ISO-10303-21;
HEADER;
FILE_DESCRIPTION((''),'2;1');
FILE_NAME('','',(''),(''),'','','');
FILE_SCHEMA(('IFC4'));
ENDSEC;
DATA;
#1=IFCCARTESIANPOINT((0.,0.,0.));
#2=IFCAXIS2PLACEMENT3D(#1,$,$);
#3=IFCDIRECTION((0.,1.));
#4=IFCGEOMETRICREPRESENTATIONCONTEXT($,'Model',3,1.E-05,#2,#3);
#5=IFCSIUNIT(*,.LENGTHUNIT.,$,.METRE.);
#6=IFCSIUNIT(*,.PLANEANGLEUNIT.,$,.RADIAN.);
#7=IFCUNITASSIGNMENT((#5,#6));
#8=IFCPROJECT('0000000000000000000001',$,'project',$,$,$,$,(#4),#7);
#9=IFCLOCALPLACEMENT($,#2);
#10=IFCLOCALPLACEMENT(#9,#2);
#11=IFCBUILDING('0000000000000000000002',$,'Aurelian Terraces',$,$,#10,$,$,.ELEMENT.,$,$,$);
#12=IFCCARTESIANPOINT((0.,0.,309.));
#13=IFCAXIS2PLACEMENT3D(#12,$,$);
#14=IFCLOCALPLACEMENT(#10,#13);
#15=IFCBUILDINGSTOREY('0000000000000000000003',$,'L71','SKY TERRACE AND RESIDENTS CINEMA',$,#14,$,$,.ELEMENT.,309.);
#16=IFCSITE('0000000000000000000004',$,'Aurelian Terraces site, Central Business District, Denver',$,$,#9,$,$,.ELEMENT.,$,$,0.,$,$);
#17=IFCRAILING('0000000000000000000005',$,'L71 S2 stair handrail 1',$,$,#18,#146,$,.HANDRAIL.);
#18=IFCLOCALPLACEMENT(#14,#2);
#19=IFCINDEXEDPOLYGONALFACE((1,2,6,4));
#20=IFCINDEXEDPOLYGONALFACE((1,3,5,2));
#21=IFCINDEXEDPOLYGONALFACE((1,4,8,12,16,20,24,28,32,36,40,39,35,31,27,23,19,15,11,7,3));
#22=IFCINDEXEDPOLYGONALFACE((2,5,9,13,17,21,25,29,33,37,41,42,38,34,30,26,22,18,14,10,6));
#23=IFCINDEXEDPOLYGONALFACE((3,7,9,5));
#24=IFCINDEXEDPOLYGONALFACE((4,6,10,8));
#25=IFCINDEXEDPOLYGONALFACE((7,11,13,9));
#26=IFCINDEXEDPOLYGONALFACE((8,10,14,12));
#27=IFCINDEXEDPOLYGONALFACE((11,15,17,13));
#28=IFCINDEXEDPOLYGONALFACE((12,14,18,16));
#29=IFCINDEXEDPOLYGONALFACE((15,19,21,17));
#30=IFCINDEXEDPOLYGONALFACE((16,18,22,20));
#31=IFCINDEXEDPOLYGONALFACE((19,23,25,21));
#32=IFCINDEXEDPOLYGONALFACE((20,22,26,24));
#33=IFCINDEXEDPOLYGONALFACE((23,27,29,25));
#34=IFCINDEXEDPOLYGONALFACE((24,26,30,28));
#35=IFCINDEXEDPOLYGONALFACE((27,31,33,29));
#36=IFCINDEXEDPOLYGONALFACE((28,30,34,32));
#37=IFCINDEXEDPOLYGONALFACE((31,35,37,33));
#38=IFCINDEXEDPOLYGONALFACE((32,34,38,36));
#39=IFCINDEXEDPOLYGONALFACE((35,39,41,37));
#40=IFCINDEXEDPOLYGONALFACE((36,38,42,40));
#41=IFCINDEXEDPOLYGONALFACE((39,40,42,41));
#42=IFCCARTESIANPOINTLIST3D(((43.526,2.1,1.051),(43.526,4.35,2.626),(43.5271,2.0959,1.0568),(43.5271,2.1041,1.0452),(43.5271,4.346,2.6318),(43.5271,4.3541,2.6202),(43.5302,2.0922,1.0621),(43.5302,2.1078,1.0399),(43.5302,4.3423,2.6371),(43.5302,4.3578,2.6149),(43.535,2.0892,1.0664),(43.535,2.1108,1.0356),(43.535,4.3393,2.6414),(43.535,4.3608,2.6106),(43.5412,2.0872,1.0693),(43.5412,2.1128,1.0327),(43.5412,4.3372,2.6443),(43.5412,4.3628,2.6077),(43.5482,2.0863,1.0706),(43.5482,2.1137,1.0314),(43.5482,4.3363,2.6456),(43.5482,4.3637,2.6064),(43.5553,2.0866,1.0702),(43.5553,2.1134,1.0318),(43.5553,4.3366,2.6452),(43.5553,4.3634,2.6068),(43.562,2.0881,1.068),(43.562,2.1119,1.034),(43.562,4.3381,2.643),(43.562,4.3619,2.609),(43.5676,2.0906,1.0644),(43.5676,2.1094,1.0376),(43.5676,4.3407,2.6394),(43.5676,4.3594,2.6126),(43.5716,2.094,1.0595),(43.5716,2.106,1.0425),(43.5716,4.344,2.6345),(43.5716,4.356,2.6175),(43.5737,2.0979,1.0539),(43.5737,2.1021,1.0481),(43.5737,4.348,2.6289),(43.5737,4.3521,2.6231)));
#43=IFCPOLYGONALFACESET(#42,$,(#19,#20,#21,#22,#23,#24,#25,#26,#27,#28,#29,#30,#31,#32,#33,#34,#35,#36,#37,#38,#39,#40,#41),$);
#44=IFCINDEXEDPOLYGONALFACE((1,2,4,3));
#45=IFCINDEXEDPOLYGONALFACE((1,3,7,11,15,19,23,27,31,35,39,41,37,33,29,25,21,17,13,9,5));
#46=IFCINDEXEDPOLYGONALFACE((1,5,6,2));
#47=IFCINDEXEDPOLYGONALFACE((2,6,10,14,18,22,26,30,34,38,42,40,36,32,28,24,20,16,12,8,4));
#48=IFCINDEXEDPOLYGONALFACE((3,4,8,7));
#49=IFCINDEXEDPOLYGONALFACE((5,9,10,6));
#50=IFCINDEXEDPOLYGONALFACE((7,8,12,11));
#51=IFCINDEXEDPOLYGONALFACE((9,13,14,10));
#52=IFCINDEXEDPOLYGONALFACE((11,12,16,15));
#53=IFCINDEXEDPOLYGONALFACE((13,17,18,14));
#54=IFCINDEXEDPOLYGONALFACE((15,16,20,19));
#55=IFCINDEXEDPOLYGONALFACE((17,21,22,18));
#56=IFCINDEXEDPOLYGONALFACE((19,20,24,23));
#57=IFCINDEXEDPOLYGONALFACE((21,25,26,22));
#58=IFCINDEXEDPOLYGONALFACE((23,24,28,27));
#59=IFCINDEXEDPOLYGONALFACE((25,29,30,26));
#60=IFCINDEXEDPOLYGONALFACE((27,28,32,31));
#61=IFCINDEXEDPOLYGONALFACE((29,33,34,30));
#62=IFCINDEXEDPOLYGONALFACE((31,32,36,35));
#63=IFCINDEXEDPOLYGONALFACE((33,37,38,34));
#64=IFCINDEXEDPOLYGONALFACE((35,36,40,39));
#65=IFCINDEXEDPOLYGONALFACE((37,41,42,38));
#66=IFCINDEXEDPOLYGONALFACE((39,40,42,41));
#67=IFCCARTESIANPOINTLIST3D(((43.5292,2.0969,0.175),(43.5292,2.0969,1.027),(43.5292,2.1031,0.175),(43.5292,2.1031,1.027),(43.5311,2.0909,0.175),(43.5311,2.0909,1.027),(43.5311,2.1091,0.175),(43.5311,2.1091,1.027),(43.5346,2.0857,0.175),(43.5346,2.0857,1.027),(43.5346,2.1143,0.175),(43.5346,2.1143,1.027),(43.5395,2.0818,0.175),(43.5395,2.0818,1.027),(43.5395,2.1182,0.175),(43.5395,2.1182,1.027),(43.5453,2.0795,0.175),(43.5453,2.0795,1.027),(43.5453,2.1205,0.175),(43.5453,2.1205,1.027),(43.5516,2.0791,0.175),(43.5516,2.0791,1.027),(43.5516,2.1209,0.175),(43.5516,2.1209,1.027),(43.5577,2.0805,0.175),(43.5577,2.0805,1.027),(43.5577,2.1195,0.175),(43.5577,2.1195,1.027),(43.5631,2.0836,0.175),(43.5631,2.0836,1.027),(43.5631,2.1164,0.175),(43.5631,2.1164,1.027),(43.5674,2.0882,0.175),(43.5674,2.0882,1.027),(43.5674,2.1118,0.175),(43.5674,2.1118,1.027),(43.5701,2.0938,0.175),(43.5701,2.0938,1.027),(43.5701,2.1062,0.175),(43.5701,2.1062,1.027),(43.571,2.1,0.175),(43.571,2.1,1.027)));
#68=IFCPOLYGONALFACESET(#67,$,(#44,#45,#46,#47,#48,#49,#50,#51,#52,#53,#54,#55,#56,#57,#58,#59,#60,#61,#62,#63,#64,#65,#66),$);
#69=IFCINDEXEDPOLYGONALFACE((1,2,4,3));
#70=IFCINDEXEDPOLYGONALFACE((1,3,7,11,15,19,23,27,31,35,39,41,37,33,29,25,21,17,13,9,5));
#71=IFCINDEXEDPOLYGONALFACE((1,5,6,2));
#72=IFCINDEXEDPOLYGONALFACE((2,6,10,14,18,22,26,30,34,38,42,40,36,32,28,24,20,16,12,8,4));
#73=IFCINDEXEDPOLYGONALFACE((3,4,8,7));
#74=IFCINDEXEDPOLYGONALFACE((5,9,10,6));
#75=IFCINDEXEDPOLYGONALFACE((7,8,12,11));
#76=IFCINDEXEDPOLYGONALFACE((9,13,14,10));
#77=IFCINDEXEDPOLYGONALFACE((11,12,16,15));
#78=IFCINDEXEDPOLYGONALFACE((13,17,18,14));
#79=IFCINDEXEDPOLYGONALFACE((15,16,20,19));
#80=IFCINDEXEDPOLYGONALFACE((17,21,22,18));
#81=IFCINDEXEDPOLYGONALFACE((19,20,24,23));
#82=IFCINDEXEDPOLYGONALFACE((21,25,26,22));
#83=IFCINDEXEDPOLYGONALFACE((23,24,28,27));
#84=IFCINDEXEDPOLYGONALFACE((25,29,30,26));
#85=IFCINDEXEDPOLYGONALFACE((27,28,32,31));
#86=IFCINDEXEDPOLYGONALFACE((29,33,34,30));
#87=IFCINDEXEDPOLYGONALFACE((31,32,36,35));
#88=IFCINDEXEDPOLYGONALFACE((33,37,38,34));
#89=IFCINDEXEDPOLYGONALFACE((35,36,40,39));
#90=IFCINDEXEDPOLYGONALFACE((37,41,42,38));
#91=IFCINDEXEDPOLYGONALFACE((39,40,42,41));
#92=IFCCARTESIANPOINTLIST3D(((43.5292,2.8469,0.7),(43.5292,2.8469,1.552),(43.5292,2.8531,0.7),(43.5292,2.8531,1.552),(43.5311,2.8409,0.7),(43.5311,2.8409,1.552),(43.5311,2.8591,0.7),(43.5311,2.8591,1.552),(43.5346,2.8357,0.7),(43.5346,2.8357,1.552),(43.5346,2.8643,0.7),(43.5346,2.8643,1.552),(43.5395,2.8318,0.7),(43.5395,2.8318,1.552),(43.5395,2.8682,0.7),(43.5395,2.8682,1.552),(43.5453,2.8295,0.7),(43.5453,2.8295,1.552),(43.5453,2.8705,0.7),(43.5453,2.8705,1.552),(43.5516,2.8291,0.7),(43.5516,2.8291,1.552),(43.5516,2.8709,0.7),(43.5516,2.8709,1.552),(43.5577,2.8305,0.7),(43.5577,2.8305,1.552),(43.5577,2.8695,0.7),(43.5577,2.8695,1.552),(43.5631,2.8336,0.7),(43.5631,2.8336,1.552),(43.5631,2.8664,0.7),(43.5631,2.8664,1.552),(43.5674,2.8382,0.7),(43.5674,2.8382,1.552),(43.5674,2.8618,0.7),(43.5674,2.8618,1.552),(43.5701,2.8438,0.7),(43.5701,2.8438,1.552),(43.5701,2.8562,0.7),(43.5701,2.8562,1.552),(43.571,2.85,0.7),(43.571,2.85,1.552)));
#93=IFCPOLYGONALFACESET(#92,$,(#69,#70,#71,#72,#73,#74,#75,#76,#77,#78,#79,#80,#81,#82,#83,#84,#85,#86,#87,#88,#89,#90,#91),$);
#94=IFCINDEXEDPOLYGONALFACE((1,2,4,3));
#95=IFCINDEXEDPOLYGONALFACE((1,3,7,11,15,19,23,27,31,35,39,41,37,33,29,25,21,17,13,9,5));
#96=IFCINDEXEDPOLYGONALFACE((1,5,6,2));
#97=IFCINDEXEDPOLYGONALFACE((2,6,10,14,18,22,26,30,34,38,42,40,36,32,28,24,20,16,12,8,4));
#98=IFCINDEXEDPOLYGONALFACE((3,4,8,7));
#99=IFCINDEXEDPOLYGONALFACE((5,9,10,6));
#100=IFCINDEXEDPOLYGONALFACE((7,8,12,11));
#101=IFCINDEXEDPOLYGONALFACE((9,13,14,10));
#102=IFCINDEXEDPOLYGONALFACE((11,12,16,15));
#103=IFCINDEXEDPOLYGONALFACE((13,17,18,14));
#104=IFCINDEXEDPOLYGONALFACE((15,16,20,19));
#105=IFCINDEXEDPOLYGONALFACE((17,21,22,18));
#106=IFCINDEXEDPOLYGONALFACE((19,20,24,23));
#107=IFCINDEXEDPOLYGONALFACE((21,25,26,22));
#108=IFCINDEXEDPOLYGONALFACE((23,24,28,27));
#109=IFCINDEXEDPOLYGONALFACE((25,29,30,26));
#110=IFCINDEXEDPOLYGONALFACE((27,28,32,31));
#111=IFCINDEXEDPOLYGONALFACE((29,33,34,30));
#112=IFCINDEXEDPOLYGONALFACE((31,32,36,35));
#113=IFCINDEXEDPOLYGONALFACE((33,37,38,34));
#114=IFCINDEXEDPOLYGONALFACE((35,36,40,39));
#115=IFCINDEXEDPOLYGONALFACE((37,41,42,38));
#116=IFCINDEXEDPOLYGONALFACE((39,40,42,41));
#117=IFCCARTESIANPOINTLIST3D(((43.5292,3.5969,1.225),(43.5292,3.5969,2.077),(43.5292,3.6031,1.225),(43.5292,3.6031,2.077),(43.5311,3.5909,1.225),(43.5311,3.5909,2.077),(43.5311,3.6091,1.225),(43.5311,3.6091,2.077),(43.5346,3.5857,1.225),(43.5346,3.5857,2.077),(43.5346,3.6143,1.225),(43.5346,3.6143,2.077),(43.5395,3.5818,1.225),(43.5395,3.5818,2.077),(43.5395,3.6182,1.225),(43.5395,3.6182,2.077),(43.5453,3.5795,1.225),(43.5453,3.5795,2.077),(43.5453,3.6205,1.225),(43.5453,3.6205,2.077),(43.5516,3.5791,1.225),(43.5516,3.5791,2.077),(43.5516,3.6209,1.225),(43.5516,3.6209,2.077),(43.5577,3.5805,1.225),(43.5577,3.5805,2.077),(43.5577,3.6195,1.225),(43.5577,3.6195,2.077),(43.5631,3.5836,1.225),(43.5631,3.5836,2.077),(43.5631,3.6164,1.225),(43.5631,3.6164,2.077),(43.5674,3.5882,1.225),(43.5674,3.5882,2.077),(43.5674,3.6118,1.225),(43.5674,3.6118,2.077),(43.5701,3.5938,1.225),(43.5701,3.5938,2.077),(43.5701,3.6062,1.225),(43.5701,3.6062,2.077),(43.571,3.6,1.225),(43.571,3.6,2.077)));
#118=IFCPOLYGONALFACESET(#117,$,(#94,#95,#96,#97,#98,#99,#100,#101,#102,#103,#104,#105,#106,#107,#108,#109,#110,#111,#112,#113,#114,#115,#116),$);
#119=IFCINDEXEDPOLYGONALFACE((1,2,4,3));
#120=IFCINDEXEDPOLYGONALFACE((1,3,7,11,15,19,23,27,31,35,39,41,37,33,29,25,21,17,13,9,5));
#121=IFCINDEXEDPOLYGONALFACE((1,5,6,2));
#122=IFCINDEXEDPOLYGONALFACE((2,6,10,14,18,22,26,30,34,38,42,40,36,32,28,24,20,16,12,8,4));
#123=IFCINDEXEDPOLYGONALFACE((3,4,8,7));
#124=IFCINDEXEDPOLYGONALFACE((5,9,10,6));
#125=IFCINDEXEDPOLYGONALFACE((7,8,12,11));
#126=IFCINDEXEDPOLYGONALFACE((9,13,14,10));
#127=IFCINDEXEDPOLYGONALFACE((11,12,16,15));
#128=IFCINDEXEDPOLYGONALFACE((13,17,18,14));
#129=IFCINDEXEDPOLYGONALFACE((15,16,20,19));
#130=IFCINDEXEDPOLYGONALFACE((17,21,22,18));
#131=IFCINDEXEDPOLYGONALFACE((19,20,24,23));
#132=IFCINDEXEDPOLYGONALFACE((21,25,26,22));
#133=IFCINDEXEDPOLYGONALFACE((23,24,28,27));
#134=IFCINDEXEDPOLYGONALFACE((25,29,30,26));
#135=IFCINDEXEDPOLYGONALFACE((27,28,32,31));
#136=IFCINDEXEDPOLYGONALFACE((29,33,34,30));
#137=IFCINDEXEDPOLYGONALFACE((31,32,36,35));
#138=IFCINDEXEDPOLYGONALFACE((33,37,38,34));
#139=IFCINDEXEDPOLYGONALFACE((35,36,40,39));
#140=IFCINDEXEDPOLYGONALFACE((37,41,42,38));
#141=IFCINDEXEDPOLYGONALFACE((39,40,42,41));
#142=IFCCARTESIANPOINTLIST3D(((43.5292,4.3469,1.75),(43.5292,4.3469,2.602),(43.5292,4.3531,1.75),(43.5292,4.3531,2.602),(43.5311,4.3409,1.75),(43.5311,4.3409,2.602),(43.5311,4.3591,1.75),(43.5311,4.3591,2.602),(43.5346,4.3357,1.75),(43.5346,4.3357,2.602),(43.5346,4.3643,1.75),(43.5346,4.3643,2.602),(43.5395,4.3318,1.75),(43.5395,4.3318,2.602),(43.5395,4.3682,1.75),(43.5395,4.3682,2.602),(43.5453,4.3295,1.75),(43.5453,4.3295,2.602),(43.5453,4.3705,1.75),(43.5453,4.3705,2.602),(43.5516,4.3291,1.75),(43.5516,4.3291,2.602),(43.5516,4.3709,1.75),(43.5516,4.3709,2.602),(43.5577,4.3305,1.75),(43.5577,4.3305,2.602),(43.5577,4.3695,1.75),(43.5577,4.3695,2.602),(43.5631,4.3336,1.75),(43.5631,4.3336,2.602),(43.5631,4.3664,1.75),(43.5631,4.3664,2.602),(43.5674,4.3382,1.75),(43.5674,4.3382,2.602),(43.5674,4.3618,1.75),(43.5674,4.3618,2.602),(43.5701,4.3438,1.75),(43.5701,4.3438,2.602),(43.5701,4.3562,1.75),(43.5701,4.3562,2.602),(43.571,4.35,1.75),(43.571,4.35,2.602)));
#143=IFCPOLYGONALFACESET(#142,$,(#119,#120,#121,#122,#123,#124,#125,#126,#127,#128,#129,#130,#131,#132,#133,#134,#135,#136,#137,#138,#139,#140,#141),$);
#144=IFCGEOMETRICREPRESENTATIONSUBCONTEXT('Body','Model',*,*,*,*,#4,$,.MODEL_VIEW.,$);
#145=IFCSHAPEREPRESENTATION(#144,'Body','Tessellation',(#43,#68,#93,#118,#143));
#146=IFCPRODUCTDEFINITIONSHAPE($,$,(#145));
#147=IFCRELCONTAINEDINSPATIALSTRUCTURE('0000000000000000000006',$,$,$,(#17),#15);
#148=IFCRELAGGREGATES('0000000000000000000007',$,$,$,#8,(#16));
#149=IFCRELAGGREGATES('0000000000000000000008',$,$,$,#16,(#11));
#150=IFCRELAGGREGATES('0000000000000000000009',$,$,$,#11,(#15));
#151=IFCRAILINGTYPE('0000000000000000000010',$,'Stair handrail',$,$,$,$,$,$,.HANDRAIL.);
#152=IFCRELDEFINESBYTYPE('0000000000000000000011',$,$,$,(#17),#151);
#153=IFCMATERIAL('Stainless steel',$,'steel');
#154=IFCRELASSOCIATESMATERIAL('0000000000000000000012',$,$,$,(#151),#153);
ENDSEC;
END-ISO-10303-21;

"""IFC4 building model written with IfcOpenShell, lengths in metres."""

from ifc_helpers import new_model, si_unit, direction, frame, origin, origin_2d, place, context, subcontext, project, spatial, circle, extrude, source, transform, mapped, material, type_object, element, save


model = new_model("IFC4")

# Units and contexts
model_context = context("Model", 3, precision=1e-05, world=origin(), true_north=direction((0.0, 1.0)))
body_context = subcontext(model_context, "Body", "Model", "MODEL_VIEW")
ifc_project = project(units=[si_unit("LENGTHUNIT", "METRE"), si_unit("PLANEANGLEUNIT", "RADIAN")], contexts=[model_context])

# Site, building, storey
site_placement = place(None, origin())
site = spatial("IfcSite", under=ifc_project, at=site_placement, Name="Aurelian Terraces site, Central Business District, Denver", CompositionType="ELEMENT", RefElevation=0.0)
building_placement = place(site_placement, origin())
building = spatial("IfcBuilding", under=site, at=building_placement, Name="Aurelian Terraces", CompositionType="ELEMENT")
storey_placement = place(building_placement, frame((0.0, 0.0, 309.0)))
storey = spatial("IfcBuildingStorey", under=building, at=storey_placement, Name="L71", Description="SKY TERRACE AND RESIDENTS CINEMA", CompositionType="ELEMENT", Elevation=309.0)

# Railing
ifc_material_1 = material(Name="Stainless steel", Category="steel")
railing_type = type_object("IfcRailingType", Name="Stair handrail", PredefinedType="HANDRAIL", material=ifc_material_1)
shared_shape_1 = source(origin(), body_context, "Body", "SweptSolid", [
    extrude(circle(Radius=0.024, at=origin_2d()), frame((0.0, 0.0, 0.876), z_axis=(0.0, 0.819232, 0.573462), x_axis=(-1.0, 0.0, 0.0)), (0.0, 0.0, 1.0), 2.7465),
    extrude(circle(Radius=0.021, at=origin_2d()), origin(), (0.0, 0.0, 1.0), 0.852),
    extrude(circle(Radius=0.021, at=origin_2d()), frame((0.0, 0.75, 0.525)), (0.0, 0.0, 1.0), 0.852),
    extrude(circle(Radius=0.021, at=origin_2d()), frame((0.0, 1.5, 1.05)), (0.0, 0.0, 1.0), 0.852),
    extrude(circle(Radius=0.021, at=origin_2d()), frame((0.0, 2.25, 1.575)), (0.0, 0.0, 1.0), 0.852),
])
railing_placement = place(storey_placement, frame((43.55, 2.1, 0.175)))
element("IfcRailing", 1, at=railing_placement, inside=storey, type_object=railing_type, Name="L71 S2 stair handrail 1", PredefinedType="HANDRAIL", context=body_context, shape_type="MappedRepresentation", body=[
    mapped(shared_shape_1, transform((0.0, 0.0, 0.0), scale=1.0)),
])

save(model, "model.ifc")
